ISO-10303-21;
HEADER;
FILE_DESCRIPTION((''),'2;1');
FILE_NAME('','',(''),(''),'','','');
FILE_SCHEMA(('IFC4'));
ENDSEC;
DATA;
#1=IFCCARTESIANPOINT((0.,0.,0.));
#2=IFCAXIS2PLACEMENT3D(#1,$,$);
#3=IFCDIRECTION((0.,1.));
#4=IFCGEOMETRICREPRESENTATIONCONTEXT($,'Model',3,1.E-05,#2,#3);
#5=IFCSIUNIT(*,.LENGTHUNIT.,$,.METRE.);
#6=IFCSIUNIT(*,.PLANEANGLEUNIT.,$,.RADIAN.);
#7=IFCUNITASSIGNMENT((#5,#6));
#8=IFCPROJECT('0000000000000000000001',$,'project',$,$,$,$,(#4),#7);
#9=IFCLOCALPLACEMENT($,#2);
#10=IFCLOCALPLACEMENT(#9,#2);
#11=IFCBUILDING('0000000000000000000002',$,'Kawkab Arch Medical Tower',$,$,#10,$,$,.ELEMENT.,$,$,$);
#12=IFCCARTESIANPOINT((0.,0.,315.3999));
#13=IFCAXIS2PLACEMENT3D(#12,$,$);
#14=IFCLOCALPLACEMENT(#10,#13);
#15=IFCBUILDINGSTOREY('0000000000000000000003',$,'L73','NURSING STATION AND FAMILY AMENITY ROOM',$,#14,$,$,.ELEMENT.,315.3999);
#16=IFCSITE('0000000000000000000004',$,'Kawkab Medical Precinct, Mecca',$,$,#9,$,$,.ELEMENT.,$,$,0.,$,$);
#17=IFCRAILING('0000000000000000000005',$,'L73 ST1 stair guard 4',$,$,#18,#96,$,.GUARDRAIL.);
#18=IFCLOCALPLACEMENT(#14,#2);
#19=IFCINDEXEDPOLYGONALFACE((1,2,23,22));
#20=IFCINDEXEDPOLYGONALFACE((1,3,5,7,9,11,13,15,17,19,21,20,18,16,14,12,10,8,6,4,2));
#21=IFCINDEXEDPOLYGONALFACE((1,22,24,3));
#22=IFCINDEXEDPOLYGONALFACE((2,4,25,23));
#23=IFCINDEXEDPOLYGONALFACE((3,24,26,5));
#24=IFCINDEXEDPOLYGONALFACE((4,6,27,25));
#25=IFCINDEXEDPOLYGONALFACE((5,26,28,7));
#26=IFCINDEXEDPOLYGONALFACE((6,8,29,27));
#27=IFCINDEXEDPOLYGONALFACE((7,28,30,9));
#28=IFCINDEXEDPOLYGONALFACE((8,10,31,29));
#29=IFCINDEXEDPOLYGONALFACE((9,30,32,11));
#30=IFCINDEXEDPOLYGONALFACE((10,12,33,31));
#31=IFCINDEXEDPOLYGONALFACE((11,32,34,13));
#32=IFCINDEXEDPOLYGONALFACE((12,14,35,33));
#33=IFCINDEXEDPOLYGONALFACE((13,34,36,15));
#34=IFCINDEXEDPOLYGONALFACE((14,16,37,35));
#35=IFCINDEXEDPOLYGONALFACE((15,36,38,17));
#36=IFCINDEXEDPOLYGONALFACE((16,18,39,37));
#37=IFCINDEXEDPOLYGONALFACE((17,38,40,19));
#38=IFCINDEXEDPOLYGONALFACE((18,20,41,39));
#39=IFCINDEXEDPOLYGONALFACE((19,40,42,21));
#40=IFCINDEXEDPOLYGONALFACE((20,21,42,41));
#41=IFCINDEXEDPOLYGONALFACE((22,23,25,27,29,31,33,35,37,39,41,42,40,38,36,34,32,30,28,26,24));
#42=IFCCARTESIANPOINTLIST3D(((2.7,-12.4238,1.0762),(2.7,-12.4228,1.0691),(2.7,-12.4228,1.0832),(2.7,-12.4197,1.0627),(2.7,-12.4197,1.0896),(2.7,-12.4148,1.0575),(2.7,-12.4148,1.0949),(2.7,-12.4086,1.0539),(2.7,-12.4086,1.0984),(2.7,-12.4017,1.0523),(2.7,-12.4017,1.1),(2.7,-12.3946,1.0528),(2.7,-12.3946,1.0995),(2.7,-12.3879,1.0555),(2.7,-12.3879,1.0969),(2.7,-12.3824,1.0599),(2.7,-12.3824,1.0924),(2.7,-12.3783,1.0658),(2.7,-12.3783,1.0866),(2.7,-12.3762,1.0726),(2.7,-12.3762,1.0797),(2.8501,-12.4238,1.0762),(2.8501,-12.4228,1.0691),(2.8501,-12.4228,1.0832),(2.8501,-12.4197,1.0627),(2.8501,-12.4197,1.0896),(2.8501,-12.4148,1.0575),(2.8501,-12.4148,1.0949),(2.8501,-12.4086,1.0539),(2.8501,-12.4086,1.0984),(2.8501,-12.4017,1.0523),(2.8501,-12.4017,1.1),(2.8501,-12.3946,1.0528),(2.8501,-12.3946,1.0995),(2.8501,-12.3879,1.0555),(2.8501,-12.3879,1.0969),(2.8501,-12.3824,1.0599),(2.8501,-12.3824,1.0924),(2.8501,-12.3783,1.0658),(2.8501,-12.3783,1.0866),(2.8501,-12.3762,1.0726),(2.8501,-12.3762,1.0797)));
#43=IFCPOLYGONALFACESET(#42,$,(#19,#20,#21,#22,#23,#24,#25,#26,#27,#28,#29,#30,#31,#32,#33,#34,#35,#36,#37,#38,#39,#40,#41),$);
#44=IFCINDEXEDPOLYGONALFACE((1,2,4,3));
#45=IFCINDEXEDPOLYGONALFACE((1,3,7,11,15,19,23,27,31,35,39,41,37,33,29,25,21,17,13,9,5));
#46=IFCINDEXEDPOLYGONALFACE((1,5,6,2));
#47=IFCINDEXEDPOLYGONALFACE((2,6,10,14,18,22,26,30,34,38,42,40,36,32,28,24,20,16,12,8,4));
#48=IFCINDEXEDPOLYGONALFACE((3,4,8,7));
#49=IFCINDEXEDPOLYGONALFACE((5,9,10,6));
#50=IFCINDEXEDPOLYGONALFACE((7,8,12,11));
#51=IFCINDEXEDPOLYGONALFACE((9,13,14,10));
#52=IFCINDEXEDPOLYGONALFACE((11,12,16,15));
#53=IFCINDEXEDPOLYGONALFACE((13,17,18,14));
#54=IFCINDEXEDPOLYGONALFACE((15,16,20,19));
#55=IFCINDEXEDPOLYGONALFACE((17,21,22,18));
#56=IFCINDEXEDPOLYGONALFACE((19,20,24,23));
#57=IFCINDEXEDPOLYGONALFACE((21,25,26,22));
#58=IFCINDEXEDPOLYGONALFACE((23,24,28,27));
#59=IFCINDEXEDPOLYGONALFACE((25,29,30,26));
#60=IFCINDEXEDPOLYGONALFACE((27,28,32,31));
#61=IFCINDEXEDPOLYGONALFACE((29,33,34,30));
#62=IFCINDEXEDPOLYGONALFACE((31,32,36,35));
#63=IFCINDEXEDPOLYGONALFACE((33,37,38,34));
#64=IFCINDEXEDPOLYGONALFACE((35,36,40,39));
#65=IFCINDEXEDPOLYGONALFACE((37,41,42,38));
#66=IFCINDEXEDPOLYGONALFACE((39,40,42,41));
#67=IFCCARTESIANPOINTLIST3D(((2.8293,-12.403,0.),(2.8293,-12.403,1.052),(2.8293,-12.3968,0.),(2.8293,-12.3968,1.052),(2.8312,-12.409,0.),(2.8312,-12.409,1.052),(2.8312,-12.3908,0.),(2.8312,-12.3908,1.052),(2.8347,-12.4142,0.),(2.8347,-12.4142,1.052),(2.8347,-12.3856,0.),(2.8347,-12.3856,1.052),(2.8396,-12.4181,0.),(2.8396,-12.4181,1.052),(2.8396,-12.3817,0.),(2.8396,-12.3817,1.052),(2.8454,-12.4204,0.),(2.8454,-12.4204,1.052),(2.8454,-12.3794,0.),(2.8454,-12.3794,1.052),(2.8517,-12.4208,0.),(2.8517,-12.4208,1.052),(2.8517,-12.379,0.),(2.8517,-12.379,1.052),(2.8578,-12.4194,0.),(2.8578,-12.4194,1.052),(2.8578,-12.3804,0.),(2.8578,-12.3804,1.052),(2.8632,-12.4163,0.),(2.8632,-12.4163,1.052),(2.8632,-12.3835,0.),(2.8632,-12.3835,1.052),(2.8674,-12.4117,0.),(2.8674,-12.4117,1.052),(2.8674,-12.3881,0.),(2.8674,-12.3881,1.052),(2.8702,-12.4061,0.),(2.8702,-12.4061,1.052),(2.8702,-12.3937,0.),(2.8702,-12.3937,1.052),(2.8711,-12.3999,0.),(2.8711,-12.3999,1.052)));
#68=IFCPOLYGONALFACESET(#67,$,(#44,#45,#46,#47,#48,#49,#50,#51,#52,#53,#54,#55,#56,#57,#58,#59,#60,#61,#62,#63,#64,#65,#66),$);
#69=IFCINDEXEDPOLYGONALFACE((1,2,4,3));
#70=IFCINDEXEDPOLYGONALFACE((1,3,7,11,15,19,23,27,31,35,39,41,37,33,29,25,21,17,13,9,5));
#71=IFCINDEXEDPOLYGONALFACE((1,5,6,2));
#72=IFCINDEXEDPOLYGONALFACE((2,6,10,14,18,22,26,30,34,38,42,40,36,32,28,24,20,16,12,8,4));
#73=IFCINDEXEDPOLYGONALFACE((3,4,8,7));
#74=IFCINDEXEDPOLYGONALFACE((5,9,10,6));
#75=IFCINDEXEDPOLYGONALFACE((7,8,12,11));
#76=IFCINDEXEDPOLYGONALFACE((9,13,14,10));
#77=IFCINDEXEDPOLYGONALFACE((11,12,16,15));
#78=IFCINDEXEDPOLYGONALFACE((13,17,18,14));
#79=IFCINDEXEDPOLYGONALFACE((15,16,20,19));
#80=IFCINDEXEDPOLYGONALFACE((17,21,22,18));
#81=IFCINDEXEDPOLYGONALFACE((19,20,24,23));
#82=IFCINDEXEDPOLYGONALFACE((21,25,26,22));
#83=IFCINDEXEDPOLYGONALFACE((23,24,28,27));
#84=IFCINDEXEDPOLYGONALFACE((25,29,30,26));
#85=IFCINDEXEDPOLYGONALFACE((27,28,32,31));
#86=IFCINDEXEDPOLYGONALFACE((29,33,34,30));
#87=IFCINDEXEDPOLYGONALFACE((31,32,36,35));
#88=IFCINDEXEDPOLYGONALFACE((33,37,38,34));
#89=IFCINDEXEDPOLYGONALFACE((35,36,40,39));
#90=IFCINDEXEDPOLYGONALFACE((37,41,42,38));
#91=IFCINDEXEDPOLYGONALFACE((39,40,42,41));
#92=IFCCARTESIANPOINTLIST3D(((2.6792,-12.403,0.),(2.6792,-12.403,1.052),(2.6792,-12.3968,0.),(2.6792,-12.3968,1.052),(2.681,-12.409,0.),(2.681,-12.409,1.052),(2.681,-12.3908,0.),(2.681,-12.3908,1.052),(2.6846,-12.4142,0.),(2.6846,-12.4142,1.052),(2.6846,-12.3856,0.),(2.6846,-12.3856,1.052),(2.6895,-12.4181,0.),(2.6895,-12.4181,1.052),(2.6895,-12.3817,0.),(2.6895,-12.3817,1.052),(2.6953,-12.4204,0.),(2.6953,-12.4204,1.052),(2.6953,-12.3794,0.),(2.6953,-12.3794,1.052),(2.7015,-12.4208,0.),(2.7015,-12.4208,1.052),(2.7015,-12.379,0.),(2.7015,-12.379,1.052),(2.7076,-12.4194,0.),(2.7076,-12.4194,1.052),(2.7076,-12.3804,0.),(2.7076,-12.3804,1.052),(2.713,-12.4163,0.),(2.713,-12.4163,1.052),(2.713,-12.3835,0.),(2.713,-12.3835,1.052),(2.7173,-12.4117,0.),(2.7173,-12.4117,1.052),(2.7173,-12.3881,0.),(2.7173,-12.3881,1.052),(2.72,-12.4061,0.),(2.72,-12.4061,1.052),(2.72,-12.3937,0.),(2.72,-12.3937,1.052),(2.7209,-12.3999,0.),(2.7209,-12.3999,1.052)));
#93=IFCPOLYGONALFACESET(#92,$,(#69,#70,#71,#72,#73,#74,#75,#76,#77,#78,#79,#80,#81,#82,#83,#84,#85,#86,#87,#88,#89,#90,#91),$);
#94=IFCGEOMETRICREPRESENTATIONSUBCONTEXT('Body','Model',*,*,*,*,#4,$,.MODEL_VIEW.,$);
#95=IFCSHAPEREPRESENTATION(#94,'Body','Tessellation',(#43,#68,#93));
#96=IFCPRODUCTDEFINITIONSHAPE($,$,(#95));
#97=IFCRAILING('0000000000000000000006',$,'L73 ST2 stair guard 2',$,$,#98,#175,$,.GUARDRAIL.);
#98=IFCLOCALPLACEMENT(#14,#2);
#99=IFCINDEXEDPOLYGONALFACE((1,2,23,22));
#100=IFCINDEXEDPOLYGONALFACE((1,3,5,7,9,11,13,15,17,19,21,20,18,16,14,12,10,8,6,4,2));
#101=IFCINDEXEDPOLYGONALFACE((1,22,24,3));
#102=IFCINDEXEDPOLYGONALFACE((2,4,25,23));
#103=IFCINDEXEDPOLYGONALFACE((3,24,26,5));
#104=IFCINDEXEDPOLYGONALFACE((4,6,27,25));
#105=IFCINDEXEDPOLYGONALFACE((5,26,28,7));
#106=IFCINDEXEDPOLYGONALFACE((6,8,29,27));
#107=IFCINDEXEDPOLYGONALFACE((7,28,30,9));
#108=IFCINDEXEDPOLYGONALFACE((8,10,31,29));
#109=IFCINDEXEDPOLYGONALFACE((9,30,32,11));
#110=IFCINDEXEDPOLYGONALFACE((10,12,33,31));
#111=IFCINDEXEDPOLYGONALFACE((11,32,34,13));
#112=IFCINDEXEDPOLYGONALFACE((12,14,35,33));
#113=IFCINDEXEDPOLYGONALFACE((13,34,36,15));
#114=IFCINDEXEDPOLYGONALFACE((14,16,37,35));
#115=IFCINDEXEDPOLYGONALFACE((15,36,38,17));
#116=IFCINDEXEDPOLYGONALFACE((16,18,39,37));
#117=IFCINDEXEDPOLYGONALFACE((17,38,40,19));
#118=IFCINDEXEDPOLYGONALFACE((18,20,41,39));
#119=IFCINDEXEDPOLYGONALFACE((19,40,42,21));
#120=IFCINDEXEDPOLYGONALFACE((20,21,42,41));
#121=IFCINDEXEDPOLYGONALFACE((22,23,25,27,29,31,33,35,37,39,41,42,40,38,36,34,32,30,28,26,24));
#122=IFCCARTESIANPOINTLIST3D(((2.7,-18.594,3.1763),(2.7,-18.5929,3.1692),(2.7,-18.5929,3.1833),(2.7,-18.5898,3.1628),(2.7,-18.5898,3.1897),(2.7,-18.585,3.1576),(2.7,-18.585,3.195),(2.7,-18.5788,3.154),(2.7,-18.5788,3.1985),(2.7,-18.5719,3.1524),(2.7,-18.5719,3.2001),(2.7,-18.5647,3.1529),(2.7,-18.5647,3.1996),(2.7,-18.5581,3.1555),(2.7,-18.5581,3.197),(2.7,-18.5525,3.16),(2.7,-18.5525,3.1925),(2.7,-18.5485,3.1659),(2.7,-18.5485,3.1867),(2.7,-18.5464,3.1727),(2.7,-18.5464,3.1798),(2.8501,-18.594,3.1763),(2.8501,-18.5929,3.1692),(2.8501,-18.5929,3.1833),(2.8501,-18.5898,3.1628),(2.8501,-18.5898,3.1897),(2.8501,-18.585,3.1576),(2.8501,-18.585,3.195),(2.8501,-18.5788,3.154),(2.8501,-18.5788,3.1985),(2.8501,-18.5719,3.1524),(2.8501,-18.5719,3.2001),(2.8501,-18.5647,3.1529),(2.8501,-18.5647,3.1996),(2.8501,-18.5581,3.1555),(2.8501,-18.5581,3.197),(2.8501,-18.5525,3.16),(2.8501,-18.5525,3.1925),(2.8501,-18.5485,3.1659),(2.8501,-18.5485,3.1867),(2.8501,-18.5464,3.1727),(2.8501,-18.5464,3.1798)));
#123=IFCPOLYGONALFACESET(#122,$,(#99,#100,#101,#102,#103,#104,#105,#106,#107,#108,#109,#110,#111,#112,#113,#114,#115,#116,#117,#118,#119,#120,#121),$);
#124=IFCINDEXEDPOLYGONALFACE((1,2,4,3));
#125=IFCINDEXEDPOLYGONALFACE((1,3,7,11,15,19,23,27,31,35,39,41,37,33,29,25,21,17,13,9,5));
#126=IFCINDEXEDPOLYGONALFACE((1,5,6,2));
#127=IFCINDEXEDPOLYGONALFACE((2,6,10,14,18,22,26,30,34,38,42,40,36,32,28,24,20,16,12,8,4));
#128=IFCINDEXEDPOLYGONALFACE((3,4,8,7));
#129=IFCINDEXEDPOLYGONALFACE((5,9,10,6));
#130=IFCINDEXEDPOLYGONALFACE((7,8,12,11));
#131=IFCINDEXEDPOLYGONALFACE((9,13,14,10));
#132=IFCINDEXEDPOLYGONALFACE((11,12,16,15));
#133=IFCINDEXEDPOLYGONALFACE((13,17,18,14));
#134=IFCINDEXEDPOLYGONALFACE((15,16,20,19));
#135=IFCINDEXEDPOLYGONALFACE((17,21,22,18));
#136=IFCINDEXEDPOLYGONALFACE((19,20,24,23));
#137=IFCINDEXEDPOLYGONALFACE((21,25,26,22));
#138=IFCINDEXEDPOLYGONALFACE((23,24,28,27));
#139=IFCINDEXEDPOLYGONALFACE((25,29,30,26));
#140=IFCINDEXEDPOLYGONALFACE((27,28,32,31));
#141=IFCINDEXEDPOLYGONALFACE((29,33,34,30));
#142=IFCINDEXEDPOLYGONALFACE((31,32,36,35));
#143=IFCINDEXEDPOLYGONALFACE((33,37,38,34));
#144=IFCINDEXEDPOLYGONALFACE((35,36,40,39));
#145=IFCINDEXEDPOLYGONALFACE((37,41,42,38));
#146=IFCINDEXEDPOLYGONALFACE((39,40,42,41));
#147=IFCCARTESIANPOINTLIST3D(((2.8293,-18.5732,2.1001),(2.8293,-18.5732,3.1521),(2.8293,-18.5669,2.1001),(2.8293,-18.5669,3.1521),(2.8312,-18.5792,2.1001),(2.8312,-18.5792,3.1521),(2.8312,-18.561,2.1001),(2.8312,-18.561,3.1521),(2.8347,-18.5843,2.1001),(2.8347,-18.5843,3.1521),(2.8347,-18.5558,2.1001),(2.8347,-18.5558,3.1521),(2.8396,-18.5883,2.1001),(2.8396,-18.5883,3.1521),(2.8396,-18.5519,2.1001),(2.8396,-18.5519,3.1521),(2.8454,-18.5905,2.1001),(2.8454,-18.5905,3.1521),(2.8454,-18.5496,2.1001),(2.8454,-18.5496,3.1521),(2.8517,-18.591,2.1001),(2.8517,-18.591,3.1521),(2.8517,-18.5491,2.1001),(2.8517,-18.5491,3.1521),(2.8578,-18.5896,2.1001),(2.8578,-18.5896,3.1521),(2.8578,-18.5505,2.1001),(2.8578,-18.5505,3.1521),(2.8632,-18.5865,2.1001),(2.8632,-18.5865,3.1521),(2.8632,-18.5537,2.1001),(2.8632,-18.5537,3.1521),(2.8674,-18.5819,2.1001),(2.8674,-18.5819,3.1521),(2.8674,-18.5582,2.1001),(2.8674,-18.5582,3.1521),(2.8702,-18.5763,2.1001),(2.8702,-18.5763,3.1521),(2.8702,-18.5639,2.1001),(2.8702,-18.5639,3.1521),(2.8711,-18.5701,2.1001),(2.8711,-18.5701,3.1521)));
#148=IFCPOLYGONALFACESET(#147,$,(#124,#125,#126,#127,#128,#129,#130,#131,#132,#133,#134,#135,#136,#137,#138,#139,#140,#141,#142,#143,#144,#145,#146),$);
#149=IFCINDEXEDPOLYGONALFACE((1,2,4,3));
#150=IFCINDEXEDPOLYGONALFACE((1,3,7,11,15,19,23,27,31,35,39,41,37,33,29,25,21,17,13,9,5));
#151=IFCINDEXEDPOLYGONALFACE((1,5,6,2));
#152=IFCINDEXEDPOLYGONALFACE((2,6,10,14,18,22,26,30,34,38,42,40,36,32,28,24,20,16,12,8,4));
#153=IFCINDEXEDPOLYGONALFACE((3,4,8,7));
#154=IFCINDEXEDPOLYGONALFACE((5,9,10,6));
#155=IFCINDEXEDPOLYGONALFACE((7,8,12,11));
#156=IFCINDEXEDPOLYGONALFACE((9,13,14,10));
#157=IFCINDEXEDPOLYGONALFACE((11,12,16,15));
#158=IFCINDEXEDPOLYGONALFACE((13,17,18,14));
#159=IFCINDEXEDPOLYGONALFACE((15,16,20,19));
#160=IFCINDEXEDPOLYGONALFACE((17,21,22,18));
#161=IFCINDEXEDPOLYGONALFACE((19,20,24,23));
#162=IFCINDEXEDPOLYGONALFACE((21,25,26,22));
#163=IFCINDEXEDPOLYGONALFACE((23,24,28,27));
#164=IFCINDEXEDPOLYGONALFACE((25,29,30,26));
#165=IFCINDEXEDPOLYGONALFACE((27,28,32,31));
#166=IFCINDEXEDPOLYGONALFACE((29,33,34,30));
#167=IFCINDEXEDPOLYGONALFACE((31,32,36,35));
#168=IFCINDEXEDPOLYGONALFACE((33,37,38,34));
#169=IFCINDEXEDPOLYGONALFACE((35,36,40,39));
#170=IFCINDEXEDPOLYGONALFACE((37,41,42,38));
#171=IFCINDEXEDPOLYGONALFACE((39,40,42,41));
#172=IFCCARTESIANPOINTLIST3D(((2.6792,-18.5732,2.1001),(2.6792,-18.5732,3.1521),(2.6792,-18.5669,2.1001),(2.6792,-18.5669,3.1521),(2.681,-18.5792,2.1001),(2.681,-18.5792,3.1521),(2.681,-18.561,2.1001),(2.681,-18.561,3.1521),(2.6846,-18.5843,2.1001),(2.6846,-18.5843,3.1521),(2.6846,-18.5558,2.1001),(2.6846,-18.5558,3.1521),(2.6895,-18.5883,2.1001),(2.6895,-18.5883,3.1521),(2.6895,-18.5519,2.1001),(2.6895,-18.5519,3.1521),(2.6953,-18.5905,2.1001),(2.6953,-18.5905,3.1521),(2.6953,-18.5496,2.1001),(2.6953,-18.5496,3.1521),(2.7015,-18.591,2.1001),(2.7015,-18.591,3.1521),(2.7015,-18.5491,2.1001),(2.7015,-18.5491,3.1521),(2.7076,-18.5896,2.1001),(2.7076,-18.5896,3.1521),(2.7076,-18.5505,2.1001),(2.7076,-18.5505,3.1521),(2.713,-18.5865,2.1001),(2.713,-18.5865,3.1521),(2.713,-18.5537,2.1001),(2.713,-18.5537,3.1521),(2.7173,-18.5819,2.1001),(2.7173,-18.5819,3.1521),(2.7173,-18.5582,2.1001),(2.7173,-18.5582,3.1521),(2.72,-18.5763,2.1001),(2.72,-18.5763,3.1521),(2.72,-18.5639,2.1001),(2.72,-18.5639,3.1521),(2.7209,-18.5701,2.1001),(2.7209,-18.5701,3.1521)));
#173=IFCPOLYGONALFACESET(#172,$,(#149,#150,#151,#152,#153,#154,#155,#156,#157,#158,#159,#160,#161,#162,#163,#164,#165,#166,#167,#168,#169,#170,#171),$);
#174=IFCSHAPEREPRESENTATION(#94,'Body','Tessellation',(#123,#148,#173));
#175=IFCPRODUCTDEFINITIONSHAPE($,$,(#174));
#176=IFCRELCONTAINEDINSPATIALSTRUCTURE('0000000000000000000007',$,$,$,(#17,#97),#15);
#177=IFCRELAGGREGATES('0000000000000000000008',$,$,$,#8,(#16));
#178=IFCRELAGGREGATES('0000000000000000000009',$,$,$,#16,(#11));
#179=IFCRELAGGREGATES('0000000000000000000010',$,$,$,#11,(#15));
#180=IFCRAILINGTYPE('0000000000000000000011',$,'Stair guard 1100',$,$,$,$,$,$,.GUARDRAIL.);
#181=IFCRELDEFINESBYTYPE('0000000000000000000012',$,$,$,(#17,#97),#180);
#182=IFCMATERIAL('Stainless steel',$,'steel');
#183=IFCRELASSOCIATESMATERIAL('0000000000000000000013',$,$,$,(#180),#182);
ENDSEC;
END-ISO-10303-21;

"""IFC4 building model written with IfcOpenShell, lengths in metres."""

from ifc_helpers import new_model, si_unit, direction, frame, origin, origin_2d, place, context, subcontext, project, spatial, circle, extrude, material, type_object, element, save


model = new_model("IFC4")

# Units and contexts
model_context = context("Model", 3, precision=1e-05, world=origin(), true_north=direction((0.0, 1.0)))
body_context = subcontext(model_context, "Body", "Model", "MODEL_VIEW")
ifc_project = project(units=[si_unit("LENGTHUNIT", "METRE"), si_unit("PLANEANGLEUNIT", "RADIAN")], contexts=[model_context])

# Site, building, storey
site_placement = place(None, origin())
site = spatial("IfcSite", under=ifc_project, at=site_placement, Name="Kawkab Medical Precinct, Mecca", CompositionType="ELEMENT", RefElevation=0.0)
building_placement = place(site_placement, origin())
building = spatial("IfcBuilding", under=site, at=building_placement, Name="Kawkab Arch Medical Tower", CompositionType="ELEMENT")
storey_placement = place(building_placement, frame((0.0, 0.0, 315.3999)))
storey = spatial("IfcBuildingStorey", under=building, at=storey_placement, Name="L73", Description="NURSING STATION AND FAMILY AMENITY ROOM", CompositionType="ELEMENT", Elevation=315.3999)

# Railings
ifc_material_1 = material(Name="Stainless steel", Category="steel")
railing_type = type_object("IfcRailingType", Name="Stair guard 1100", PredefinedType="GUARDRAIL", material=ifc_material_1)
for number, where, name in (
    (1, (2.8501, -12.3999, 0.0), "L73 ST1 stair guard 4"),
    (2, (2.8501, -18.5701, 2.1001), "L73 ST2 stair guard 2"),
):
    element("IfcRailing", number, at=place(storey_placement, frame(where)), inside=storey, type_object=railing_type, Name=name, PredefinedType="GUARDRAIL", context=body_context, shape_type="SweptSolid", body=[
        extrude(circle(Radius=0.0239, at=origin_2d()), frame((0.0, 0.0, 1.0762), z_axis=(-1.0, 0.0, 0.0), x_axis=(0.0, -1.0, 0.0)), (0.0, 0.0, 1.0), 0.1501),
        extrude(circle(Radius=0.021, at=origin_2d()), origin(), (0.0, 0.0, 1.0), 1.052),
        extrude(circle(Radius=0.021, at=origin_2d()), frame((-0.1501, 0.0, 0.0)), (0.0, 0.0, 1.0), 1.052),
    ])

save(model, "model.ifc")
